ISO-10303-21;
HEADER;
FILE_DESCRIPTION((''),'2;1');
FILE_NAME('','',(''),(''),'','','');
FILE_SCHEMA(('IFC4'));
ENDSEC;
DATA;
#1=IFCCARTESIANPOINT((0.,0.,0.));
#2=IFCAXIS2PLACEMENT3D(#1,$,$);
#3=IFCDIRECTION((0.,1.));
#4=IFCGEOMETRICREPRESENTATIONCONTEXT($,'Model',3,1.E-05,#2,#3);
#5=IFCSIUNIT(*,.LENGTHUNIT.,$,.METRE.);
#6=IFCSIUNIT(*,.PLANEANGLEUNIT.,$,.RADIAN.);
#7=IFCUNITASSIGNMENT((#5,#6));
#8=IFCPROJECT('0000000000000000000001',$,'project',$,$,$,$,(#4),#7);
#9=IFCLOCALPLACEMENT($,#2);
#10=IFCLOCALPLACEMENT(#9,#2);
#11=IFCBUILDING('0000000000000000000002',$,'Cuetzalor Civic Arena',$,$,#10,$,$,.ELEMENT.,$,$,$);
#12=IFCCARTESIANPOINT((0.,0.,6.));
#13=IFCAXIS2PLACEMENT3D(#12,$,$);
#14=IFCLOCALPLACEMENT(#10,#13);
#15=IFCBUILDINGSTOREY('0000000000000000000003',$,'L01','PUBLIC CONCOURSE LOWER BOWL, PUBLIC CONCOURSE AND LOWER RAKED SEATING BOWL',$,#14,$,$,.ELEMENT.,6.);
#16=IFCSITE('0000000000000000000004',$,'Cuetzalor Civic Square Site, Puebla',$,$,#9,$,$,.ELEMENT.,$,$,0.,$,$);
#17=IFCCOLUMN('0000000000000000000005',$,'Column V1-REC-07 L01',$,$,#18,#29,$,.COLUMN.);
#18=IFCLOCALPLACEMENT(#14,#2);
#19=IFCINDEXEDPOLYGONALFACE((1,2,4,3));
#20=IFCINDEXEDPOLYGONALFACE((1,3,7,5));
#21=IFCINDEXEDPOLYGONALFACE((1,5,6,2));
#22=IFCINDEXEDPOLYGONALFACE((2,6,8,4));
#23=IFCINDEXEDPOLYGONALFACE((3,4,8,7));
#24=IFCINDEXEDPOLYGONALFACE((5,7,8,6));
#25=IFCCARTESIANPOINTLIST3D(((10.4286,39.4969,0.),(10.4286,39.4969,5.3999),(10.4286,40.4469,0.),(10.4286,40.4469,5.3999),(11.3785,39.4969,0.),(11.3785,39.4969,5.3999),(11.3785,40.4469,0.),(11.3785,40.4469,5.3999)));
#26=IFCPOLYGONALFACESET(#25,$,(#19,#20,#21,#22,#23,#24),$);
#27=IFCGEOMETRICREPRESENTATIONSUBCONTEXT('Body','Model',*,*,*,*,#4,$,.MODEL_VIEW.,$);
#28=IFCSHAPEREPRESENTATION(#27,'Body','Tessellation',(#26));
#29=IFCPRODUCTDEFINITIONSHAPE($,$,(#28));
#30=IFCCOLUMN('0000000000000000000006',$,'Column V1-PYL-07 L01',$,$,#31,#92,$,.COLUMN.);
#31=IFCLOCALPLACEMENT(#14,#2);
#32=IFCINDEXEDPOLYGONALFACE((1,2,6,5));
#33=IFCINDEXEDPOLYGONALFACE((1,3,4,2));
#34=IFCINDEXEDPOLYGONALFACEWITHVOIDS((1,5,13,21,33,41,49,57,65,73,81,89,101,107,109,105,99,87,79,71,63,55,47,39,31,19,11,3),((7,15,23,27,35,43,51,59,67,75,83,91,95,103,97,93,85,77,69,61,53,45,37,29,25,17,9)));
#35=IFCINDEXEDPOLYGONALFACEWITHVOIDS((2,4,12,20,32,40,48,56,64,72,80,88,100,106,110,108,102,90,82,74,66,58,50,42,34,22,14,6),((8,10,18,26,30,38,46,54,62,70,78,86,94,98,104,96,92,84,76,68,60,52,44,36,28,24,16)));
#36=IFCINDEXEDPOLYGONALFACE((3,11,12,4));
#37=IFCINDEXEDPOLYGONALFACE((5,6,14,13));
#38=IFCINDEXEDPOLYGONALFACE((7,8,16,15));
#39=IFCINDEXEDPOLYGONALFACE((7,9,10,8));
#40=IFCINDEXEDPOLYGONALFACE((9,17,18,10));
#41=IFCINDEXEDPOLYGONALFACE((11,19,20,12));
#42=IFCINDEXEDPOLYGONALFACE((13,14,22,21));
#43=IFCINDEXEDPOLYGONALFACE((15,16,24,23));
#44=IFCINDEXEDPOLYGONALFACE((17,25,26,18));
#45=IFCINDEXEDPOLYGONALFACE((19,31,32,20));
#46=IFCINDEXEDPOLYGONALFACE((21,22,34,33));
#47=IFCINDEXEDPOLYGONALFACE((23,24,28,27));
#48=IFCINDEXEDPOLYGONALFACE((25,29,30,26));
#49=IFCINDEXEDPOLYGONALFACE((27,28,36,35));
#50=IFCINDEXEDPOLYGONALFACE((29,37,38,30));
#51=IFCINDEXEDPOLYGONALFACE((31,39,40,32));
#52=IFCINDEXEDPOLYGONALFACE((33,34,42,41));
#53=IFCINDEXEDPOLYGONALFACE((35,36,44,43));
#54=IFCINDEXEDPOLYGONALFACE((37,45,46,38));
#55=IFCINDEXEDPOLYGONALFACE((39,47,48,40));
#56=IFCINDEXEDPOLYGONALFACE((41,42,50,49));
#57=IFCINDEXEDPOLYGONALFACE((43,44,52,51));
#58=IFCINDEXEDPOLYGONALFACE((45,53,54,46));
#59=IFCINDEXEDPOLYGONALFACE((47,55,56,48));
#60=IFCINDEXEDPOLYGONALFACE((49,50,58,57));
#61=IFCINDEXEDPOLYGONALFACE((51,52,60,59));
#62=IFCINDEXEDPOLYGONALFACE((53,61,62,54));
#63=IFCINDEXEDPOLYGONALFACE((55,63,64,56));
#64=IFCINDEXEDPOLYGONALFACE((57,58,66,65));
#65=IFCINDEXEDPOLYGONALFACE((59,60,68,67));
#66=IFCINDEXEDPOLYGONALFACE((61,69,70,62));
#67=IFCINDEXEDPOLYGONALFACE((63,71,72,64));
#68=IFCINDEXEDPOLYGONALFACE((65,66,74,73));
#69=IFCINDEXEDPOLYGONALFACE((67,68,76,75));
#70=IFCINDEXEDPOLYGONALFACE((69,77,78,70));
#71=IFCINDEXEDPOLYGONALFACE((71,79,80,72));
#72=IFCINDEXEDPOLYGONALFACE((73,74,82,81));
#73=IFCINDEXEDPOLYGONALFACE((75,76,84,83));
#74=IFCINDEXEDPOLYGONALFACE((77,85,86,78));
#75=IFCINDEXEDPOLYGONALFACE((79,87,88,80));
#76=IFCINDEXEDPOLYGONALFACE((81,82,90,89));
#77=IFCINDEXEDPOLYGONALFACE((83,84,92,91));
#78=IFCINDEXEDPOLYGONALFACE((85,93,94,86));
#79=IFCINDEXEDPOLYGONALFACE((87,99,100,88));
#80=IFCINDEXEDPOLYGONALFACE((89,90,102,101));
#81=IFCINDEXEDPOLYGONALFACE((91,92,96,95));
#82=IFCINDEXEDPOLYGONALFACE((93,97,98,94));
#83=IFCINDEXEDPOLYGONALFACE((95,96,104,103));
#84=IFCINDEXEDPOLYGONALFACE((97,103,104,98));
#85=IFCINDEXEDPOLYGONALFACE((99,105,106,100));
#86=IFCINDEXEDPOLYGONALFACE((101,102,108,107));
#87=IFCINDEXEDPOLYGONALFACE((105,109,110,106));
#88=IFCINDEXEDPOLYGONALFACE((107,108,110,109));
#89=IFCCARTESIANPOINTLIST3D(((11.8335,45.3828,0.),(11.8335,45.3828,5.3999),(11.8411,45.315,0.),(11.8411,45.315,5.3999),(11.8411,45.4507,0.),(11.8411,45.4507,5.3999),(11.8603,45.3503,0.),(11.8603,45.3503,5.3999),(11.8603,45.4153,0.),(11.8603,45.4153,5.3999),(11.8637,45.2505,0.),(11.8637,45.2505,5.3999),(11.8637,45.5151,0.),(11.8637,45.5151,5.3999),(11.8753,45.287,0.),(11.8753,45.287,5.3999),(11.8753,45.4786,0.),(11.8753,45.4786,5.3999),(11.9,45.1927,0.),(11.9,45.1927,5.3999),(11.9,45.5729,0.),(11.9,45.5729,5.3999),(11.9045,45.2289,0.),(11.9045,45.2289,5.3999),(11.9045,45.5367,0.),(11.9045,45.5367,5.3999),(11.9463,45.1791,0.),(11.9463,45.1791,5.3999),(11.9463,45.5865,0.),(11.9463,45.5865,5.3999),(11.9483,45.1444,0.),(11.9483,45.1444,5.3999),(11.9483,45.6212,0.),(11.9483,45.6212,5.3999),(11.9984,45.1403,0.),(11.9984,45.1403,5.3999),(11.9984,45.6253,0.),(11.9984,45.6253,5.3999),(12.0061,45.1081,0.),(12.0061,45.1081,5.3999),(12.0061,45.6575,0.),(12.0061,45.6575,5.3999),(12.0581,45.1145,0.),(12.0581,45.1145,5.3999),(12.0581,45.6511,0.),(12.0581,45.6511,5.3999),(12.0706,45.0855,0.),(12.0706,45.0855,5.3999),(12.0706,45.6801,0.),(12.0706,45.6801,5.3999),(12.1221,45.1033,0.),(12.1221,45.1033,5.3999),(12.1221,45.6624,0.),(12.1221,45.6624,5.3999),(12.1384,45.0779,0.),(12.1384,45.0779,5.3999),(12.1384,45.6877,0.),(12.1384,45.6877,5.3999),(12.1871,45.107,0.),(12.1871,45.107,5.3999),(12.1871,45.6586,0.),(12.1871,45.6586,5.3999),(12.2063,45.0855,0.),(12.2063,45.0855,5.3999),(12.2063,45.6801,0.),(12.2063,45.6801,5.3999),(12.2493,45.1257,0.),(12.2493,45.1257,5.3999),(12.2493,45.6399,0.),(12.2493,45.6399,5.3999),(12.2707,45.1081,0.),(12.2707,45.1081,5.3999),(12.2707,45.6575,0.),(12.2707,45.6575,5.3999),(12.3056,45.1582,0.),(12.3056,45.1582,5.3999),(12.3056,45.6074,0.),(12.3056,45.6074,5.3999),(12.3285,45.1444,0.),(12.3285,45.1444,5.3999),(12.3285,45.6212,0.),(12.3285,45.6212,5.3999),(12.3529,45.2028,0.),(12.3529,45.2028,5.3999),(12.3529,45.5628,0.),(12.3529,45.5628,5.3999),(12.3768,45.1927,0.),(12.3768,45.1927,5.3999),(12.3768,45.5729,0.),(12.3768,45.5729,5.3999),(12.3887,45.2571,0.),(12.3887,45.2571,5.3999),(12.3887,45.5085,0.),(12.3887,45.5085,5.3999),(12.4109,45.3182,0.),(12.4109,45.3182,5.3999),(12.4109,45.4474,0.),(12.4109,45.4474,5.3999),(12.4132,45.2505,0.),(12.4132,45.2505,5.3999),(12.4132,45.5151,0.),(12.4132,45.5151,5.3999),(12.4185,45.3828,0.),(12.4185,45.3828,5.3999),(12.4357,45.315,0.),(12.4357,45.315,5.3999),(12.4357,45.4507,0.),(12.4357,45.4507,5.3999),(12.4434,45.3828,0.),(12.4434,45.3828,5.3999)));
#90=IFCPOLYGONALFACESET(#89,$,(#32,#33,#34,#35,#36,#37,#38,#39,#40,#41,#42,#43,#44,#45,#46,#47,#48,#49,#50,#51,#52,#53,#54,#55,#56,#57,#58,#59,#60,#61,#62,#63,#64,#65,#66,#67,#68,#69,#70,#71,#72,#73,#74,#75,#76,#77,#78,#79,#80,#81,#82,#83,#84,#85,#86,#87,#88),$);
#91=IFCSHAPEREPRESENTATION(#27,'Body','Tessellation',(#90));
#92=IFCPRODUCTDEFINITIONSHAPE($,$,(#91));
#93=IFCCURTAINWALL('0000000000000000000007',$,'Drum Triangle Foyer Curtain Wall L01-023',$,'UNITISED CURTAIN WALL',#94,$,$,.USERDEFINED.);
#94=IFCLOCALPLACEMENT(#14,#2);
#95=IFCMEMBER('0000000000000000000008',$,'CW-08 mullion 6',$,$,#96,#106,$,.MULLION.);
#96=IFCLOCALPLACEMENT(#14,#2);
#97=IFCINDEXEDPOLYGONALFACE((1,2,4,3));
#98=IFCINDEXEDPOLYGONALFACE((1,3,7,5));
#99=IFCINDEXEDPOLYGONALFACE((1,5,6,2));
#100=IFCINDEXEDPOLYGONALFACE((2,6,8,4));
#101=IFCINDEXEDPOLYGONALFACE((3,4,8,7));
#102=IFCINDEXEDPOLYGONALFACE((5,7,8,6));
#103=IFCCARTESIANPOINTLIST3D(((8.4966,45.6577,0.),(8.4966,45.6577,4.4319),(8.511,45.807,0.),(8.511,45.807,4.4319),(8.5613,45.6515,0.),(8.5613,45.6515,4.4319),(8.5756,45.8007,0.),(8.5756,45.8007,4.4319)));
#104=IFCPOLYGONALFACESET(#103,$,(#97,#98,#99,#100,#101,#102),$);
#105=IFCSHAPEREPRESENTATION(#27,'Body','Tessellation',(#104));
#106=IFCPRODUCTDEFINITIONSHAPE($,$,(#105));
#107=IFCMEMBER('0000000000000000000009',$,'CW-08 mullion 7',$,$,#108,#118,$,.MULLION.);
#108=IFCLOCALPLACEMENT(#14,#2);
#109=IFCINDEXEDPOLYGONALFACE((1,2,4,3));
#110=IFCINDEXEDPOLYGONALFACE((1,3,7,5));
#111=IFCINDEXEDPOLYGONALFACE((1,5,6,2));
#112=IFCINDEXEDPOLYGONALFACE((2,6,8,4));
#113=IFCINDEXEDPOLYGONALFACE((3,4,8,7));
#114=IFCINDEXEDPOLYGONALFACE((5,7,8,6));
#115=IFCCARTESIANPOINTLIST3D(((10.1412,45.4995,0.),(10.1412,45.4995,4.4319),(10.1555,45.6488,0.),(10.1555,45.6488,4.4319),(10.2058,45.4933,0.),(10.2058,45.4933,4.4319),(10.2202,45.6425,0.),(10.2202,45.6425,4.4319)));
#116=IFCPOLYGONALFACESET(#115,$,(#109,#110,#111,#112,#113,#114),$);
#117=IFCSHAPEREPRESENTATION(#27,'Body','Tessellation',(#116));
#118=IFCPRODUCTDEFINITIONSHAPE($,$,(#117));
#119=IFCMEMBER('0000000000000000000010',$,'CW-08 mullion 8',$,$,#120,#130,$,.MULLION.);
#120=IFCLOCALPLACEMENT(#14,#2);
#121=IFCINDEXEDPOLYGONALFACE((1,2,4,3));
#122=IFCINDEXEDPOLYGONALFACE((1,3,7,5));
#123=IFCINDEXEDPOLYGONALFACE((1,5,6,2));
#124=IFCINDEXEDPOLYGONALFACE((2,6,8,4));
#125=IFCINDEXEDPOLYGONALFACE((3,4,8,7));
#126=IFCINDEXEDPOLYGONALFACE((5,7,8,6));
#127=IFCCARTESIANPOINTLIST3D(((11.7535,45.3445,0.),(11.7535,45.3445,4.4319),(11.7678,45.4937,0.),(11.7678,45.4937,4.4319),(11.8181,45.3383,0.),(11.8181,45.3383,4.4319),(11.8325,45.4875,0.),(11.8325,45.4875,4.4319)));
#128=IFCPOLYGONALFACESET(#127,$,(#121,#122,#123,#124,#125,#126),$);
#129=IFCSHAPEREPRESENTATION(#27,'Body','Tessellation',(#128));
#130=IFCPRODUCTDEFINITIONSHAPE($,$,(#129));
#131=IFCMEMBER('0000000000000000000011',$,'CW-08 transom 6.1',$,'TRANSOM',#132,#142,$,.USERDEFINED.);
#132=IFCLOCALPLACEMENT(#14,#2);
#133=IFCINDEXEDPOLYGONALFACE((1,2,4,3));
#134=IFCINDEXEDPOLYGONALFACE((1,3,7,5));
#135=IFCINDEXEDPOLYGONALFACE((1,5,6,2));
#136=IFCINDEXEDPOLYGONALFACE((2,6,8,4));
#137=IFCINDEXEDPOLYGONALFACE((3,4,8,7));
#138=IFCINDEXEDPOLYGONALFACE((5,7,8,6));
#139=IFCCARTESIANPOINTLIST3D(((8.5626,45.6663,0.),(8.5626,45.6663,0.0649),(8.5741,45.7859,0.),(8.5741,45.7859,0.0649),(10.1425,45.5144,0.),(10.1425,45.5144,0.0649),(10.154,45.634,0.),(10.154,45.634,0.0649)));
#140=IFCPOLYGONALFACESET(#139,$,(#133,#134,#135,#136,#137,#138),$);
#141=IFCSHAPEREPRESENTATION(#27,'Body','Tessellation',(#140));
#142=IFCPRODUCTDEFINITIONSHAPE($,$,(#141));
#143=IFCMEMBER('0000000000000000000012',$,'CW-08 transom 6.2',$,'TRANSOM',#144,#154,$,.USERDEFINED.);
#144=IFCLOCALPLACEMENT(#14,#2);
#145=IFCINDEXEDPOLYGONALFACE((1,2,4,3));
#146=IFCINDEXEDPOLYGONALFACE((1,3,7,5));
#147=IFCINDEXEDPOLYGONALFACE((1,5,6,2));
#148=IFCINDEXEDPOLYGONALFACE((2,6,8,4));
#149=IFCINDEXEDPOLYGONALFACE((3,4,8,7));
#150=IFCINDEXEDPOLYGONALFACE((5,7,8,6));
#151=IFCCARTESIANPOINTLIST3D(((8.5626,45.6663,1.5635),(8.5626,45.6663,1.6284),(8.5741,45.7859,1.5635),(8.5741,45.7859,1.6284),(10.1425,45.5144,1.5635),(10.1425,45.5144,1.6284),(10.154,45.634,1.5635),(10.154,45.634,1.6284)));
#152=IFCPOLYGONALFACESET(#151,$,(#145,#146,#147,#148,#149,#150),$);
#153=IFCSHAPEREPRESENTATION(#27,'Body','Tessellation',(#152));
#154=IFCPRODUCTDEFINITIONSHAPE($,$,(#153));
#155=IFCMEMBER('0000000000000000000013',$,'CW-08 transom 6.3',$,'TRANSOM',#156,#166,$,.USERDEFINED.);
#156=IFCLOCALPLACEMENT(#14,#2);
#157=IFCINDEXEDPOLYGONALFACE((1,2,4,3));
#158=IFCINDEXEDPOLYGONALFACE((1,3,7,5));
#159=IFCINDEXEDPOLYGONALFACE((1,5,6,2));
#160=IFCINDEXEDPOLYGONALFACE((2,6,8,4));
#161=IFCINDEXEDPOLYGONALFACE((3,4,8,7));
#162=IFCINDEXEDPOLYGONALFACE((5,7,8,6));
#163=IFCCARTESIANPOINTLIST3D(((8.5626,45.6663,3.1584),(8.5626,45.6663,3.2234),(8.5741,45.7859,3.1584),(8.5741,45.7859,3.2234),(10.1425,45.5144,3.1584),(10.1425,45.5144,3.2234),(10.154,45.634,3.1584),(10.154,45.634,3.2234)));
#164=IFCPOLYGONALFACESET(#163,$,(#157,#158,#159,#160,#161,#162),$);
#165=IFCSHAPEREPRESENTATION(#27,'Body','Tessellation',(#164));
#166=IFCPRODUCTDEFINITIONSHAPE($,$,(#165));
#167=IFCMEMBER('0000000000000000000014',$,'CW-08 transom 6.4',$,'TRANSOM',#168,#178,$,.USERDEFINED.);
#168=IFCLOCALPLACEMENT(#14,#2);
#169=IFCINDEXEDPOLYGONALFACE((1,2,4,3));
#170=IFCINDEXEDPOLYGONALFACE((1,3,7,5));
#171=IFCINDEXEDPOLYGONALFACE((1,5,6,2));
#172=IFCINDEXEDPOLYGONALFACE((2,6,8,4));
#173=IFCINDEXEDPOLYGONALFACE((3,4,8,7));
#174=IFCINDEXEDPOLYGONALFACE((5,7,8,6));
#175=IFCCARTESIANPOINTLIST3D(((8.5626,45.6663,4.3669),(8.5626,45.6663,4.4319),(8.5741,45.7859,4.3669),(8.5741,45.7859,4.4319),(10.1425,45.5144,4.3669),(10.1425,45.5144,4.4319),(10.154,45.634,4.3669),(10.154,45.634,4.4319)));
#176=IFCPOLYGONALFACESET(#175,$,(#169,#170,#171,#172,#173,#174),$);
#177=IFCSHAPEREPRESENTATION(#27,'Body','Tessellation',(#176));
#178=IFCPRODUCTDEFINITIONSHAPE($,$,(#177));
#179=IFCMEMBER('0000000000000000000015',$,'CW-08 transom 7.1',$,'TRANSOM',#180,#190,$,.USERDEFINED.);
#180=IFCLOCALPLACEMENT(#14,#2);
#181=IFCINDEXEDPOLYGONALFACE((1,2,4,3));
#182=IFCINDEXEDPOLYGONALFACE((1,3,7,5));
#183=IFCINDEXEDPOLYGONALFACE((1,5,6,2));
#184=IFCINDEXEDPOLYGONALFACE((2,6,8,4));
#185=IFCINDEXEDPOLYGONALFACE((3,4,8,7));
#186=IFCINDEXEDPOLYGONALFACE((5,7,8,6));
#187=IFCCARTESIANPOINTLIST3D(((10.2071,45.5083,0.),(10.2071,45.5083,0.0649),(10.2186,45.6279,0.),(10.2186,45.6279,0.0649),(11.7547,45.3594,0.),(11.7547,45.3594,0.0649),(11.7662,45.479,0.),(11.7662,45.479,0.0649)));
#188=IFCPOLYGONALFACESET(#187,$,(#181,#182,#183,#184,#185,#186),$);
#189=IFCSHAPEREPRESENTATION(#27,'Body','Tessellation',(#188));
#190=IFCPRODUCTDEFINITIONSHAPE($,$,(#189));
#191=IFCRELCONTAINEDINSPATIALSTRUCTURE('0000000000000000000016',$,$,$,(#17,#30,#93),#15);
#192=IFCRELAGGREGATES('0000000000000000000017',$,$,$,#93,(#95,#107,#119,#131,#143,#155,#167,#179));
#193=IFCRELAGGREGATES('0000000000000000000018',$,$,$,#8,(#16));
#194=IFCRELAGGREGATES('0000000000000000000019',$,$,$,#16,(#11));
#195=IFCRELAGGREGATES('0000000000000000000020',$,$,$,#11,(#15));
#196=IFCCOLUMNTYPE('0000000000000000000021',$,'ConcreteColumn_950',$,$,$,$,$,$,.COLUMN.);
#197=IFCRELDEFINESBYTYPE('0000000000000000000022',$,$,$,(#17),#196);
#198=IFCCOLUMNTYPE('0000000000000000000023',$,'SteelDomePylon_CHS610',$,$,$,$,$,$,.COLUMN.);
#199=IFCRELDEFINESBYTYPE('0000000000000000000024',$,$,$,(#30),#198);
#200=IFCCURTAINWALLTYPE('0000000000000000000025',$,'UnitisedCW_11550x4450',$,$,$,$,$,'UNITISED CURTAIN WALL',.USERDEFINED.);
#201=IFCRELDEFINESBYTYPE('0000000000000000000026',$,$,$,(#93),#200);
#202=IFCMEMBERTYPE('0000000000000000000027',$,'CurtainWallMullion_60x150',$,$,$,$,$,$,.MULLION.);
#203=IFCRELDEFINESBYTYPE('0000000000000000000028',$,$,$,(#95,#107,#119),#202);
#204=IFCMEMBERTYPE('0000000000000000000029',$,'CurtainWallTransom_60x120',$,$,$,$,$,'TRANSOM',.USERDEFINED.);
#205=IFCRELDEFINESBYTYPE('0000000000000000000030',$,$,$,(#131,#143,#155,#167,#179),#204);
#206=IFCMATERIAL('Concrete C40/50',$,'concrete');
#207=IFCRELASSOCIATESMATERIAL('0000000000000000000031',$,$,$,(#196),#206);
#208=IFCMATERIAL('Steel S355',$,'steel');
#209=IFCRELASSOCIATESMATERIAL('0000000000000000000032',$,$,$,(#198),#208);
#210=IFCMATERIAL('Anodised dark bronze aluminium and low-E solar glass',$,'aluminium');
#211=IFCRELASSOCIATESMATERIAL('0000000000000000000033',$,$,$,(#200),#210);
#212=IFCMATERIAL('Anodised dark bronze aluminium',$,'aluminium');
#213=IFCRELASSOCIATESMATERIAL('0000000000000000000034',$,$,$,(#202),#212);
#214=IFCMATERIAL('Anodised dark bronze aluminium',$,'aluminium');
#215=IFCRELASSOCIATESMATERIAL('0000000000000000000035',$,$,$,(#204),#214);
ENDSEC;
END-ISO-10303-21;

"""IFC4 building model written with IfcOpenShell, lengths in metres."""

from ifc_helpers import new_model, si_unit, direction, frame, origin, origin_2d, place, context, subcontext, project, spatial, rectangle, hollow_circle, extrude, material, material_profile, profile_set, type_object, element, aggregate, save


model = new_model("IFC4")

# Units and contexts
model_context = context("Model", 3, precision=1e-05, world=origin(), true_north=direction((0.0, 1.0)))
body_context = subcontext(model_context, "Body", "Model", "MODEL_VIEW")
ifc_project = project(units=[si_unit("LENGTHUNIT", "METRE"), si_unit("PLANEANGLEUNIT", "RADIAN")], contexts=[model_context])

# Site, building, storey
site_placement = place(None, origin())
site = spatial("IfcSite", under=ifc_project, at=site_placement, Name="Cuetzalor Civic Square Site, Puebla", CompositionType="ELEMENT", RefElevation=0.0)
building_placement = place(site_placement, origin())
building = spatial("IfcBuilding", under=site, at=building_placement, Name="Cuetzalor Civic Arena", CompositionType="ELEMENT")
storey_placement = place(building_placement, frame((0.0, 0.0, 6.0)))
storey = spatial("IfcBuildingStorey", under=building, at=storey_placement, Name="L01", Description="PUBLIC CONCOURSE LOWER BOWL, PUBLIC CONCOURSE AND LOWER RAKED SEATING BOWL", CompositionType="ELEMENT", Elevation=6.0)

# Columns
ifc_material_1 = material(Name="Concrete C40/50", Category="concrete")
ifc_material_profile_1 = material_profile(ifc_material_1, rectangle(XDim=0.95, YDim=0.95, at=origin_2d()), Name="RC 950x950")
ifc_profile_set_1 = profile_set([ifc_material_profile_1], Name="Concrete C40/50")
column_type_1 = type_object("IfcColumnType", Name="ConcreteColumn_950", PredefinedType="COLUMN", material=ifc_profile_set_1)
column_1_placement = place(storey_placement, frame((10.9036, 39.9719, 0.0), z_axis=(0.0, 0.0, 1.0), x_axis=(1.0, 0.0, 0.0)))
element("IfcColumn", 1, at=column_1_placement, inside=storey, type_object=column_type_1, Name="Column V1-REC-07 L01", PredefinedType="COLUMN", context=body_context, shape_type="SweptSolid", body=[
    extrude(rectangle(XDim=0.95, YDim=0.95, at=origin_2d()), origin(), (0.0, 0.0, 1.0), 5.3999),
])
ifc_material_2 = material(Name="Steel S355", Category="steel")
ifc_material_profile_2 = material_profile(ifc_material_2, hollow_circle(Radius=0.3049, WallThickness=0.0249, at=origin_2d()), Name="CHS 610x25")
ifc_profile_set_2 = profile_set([ifc_material_profile_2], Name="Steel S355")
column_type_2 = type_object("IfcColumnType", Name="SteelDomePylon_CHS610", PredefinedType="COLUMN", material=ifc_profile_set_2)
column_2_placement = place(storey_placement, frame((12.1384, 45.3828, 0.0), z_axis=(0.0, 0.0, 1.0), x_axis=(1.0, 0.0, 0.0)))
element("IfcColumn", 2, at=column_2_placement, inside=storey, type_object=column_type_2, Name="Column V1-PYL-07 L01", PredefinedType="COLUMN", context=body_context, shape_type="SweptSolid", body=[
    extrude(hollow_circle(Radius=0.3049, WallThickness=0.0249, at=origin_2d()), origin(), (0.0, 0.0, 1.0), 5.3999),
])

# Curtain wall, members
ifc_material_3 = material(Name="Anodised dark bronze aluminium and low-E solar glass", Category="aluminium")
curtain_wall_type = type_object("IfcCurtainWallType", Name="UnitisedCW_11550x4450", ElementType="UNITISED CURTAIN WALL", PredefinedType="USERDEFINED", material=ifc_material_3)
curtain_wall_placement = place(storey_placement, origin())
curtain_wall = element("IfcCurtainWall", 3, at=curtain_wall_placement, inside=storey, type_object=curtain_wall_type, Name="Drum Triangle Foyer Curtain Wall L01-023", ObjectType="UNITISED CURTAIN WALL", PredefinedType="USERDEFINED")
ifc_material_4 = material(Name="Anodised dark bronze aluminium", Category="aluminium")
ifc_material_profile_3 = material_profile(ifc_material_4, rectangle(XDim=0.0649, YDim=0.1499, at=origin_2d()), Name="ALU MULLION 65x150")
ifc_profile_set_3 = profile_set([ifc_material_profile_3], Name="Anodised dark bronze aluminium")
member_type_1 = type_object("IfcMemberType", Name="CurtainWallMullion_60x150", PredefinedType="MULLION", material=ifc_profile_set_3)
member_1_placement = place(storey_placement, frame((8.5361, 45.7292, 0.0), z_axis=(0.0, 0.0, 1.0), x_axis=(0.995409, -0.095711, 0.0)))
member_1 = element("IfcMember", 4, at=member_1_placement, type_object=member_type_1, Name="CW-08 mullion 6", PredefinedType="MULLION", context=body_context, shape_type="SweptSolid", body=[
    extrude(rectangle(XDim=0.0649, YDim=0.1499, at=origin_2d()), origin(), (0.0, 0.0, 1.0), 4.4319),
])
member_2_placement = place(storey_placement, frame((10.1807, 45.571, 0.0), z_axis=(0.0, 0.0, 1.0), x_axis=(0.995409, -0.095711, 0.0)))
member_2 = element("IfcMember", 5, at=member_2_placement, type_object=member_type_1, Name="CW-08 mullion 7", PredefinedType="MULLION", context=body_context, shape_type="SweptSolid", body=[
    extrude(rectangle(XDim=0.0649, YDim=0.1499, at=origin_2d()), origin(), (0.0, 0.0, 1.0), 4.4319),
])
member_3_placement = place(storey_placement, frame((11.793, 45.416, 0.0), z_axis=(0.0, 0.0, 1.0), x_axis=(0.995409, -0.095711, 0.0)))
member_3 = element("IfcMember", 6, at=member_3_placement, type_object=member_type_1, Name="CW-08 mullion 8", PredefinedType="MULLION", context=body_context, shape_type="SweptSolid", body=[
    extrude(rectangle(XDim=0.0649, YDim=0.1499, at=origin_2d()), origin(), (0.0, 0.0, 1.0), 4.4319),
])
ifc_material_5 = material(Name="Anodised dark bronze aluminium", Category="aluminium")
ifc_material_profile_4 = material_profile(ifc_material_5, rectangle(XDim=0.1201, YDim=0.0649, at=origin_2d()), Name="ALU TRANSOM 65x120")
ifc_profile_set_4 = profile_set([ifc_material_profile_4], Name="Anodised dark bronze aluminium")
member_type_2 = type_object("IfcMemberType", Name="CurtainWallTransom_60x120", ElementType="TRANSOM", PredefinedType="USERDEFINED", material=ifc_profile_set_4)
member_4_placement = place(storey_placement, frame((8.5684, 45.7261, 0.0325), z_axis=(0.995412, -0.09568, 0.0), x_axis=(0.09568, 0.995412, 0.0)))
member_4 = element("IfcMember", 7, at=member_4_placement, type_object=member_type_2, Name="CW-08 transom 6.1", ObjectType="TRANSOM", PredefinedType="USERDEFINED", context=body_context, shape_type="SweptSolid", body=[
    extrude(rectangle(XDim=0.1201, YDim=0.0649, at=origin_2d()), origin(), (0.0, 0.0, 1.0), 1.5872),
])
member_5_placement = place(storey_placement, frame((8.5684, 45.7261, 1.5959), z_axis=(0.995412, -0.09568, 0.0), x_axis=(0.09568, 0.995412, 0.0)))
member_5 = element("IfcMember", 8, at=member_5_placement, type_object=member_type_2, Name="CW-08 transom 6.2", ObjectType="TRANSOM", PredefinedType="USERDEFINED", context=body_context, shape_type="SweptSolid", body=[
    extrude(rectangle(XDim=0.1201, YDim=0.0649, at=origin_2d()), origin(), (0.0, 0.0, 1.0), 1.5872),
])
member_6_placement = place(storey_placement, frame((8.5684, 45.7261, 3.1909), z_axis=(0.995412, -0.09568, 0.0), x_axis=(0.09568, 0.995412, 0.0)))
member_6 = element("IfcMember", 9, at=member_6_placement, type_object=member_type_2, Name="CW-08 transom 6.3", ObjectType="TRANSOM", PredefinedType="USERDEFINED", context=body_context, shape_type="SweptSolid", body=[
    extrude(rectangle(XDim=0.1201, YDim=0.0649, at=origin_2d()), origin(), (0.0, 0.0, 1.0), 1.5872),
])
member_7_placement = place(storey_placement, frame((8.5684, 45.7261, 4.3994), z_axis=(0.995412, -0.09568, 0.0), x_axis=(0.09568, 0.995412, 0.0)))
member_7 = element("IfcMember", 10, at=member_7_placement, type_object=member_type_2, Name="CW-08 transom 6.4", ObjectType="TRANSOM", PredefinedType="USERDEFINED", context=body_context, shape_type="SweptSolid", body=[
    extrude(rectangle(XDim=0.1201, YDim=0.0649, at=origin_2d()), origin(), (0.0, 0.0, 1.0), 1.5872),
])
member_8_placement = place(storey_placement, frame((10.2129, 45.5681, 0.0325), z_axis=(0.995402, -0.095787, 0.0), x_axis=(0.095787, 0.995402, 0.0)))
member_8 = element("IfcMember", 11, at=member_8_placement, type_object=member_type_2, Name="CW-08 transom 7.1", ObjectType="TRANSOM", PredefinedType="USERDEFINED", context=body_context, shape_type="SweptSolid", body=[
    extrude(rectangle(XDim=0.1201, YDim=0.0649, at=origin_2d()), origin(), (0.0, 0.0, 1.0), 1.5547),
])

aggregate(curtain_wall, [member_1, member_2, member_3, member_4, member_5, member_6, member_7, member_8])

save(model, "model.ifc")
